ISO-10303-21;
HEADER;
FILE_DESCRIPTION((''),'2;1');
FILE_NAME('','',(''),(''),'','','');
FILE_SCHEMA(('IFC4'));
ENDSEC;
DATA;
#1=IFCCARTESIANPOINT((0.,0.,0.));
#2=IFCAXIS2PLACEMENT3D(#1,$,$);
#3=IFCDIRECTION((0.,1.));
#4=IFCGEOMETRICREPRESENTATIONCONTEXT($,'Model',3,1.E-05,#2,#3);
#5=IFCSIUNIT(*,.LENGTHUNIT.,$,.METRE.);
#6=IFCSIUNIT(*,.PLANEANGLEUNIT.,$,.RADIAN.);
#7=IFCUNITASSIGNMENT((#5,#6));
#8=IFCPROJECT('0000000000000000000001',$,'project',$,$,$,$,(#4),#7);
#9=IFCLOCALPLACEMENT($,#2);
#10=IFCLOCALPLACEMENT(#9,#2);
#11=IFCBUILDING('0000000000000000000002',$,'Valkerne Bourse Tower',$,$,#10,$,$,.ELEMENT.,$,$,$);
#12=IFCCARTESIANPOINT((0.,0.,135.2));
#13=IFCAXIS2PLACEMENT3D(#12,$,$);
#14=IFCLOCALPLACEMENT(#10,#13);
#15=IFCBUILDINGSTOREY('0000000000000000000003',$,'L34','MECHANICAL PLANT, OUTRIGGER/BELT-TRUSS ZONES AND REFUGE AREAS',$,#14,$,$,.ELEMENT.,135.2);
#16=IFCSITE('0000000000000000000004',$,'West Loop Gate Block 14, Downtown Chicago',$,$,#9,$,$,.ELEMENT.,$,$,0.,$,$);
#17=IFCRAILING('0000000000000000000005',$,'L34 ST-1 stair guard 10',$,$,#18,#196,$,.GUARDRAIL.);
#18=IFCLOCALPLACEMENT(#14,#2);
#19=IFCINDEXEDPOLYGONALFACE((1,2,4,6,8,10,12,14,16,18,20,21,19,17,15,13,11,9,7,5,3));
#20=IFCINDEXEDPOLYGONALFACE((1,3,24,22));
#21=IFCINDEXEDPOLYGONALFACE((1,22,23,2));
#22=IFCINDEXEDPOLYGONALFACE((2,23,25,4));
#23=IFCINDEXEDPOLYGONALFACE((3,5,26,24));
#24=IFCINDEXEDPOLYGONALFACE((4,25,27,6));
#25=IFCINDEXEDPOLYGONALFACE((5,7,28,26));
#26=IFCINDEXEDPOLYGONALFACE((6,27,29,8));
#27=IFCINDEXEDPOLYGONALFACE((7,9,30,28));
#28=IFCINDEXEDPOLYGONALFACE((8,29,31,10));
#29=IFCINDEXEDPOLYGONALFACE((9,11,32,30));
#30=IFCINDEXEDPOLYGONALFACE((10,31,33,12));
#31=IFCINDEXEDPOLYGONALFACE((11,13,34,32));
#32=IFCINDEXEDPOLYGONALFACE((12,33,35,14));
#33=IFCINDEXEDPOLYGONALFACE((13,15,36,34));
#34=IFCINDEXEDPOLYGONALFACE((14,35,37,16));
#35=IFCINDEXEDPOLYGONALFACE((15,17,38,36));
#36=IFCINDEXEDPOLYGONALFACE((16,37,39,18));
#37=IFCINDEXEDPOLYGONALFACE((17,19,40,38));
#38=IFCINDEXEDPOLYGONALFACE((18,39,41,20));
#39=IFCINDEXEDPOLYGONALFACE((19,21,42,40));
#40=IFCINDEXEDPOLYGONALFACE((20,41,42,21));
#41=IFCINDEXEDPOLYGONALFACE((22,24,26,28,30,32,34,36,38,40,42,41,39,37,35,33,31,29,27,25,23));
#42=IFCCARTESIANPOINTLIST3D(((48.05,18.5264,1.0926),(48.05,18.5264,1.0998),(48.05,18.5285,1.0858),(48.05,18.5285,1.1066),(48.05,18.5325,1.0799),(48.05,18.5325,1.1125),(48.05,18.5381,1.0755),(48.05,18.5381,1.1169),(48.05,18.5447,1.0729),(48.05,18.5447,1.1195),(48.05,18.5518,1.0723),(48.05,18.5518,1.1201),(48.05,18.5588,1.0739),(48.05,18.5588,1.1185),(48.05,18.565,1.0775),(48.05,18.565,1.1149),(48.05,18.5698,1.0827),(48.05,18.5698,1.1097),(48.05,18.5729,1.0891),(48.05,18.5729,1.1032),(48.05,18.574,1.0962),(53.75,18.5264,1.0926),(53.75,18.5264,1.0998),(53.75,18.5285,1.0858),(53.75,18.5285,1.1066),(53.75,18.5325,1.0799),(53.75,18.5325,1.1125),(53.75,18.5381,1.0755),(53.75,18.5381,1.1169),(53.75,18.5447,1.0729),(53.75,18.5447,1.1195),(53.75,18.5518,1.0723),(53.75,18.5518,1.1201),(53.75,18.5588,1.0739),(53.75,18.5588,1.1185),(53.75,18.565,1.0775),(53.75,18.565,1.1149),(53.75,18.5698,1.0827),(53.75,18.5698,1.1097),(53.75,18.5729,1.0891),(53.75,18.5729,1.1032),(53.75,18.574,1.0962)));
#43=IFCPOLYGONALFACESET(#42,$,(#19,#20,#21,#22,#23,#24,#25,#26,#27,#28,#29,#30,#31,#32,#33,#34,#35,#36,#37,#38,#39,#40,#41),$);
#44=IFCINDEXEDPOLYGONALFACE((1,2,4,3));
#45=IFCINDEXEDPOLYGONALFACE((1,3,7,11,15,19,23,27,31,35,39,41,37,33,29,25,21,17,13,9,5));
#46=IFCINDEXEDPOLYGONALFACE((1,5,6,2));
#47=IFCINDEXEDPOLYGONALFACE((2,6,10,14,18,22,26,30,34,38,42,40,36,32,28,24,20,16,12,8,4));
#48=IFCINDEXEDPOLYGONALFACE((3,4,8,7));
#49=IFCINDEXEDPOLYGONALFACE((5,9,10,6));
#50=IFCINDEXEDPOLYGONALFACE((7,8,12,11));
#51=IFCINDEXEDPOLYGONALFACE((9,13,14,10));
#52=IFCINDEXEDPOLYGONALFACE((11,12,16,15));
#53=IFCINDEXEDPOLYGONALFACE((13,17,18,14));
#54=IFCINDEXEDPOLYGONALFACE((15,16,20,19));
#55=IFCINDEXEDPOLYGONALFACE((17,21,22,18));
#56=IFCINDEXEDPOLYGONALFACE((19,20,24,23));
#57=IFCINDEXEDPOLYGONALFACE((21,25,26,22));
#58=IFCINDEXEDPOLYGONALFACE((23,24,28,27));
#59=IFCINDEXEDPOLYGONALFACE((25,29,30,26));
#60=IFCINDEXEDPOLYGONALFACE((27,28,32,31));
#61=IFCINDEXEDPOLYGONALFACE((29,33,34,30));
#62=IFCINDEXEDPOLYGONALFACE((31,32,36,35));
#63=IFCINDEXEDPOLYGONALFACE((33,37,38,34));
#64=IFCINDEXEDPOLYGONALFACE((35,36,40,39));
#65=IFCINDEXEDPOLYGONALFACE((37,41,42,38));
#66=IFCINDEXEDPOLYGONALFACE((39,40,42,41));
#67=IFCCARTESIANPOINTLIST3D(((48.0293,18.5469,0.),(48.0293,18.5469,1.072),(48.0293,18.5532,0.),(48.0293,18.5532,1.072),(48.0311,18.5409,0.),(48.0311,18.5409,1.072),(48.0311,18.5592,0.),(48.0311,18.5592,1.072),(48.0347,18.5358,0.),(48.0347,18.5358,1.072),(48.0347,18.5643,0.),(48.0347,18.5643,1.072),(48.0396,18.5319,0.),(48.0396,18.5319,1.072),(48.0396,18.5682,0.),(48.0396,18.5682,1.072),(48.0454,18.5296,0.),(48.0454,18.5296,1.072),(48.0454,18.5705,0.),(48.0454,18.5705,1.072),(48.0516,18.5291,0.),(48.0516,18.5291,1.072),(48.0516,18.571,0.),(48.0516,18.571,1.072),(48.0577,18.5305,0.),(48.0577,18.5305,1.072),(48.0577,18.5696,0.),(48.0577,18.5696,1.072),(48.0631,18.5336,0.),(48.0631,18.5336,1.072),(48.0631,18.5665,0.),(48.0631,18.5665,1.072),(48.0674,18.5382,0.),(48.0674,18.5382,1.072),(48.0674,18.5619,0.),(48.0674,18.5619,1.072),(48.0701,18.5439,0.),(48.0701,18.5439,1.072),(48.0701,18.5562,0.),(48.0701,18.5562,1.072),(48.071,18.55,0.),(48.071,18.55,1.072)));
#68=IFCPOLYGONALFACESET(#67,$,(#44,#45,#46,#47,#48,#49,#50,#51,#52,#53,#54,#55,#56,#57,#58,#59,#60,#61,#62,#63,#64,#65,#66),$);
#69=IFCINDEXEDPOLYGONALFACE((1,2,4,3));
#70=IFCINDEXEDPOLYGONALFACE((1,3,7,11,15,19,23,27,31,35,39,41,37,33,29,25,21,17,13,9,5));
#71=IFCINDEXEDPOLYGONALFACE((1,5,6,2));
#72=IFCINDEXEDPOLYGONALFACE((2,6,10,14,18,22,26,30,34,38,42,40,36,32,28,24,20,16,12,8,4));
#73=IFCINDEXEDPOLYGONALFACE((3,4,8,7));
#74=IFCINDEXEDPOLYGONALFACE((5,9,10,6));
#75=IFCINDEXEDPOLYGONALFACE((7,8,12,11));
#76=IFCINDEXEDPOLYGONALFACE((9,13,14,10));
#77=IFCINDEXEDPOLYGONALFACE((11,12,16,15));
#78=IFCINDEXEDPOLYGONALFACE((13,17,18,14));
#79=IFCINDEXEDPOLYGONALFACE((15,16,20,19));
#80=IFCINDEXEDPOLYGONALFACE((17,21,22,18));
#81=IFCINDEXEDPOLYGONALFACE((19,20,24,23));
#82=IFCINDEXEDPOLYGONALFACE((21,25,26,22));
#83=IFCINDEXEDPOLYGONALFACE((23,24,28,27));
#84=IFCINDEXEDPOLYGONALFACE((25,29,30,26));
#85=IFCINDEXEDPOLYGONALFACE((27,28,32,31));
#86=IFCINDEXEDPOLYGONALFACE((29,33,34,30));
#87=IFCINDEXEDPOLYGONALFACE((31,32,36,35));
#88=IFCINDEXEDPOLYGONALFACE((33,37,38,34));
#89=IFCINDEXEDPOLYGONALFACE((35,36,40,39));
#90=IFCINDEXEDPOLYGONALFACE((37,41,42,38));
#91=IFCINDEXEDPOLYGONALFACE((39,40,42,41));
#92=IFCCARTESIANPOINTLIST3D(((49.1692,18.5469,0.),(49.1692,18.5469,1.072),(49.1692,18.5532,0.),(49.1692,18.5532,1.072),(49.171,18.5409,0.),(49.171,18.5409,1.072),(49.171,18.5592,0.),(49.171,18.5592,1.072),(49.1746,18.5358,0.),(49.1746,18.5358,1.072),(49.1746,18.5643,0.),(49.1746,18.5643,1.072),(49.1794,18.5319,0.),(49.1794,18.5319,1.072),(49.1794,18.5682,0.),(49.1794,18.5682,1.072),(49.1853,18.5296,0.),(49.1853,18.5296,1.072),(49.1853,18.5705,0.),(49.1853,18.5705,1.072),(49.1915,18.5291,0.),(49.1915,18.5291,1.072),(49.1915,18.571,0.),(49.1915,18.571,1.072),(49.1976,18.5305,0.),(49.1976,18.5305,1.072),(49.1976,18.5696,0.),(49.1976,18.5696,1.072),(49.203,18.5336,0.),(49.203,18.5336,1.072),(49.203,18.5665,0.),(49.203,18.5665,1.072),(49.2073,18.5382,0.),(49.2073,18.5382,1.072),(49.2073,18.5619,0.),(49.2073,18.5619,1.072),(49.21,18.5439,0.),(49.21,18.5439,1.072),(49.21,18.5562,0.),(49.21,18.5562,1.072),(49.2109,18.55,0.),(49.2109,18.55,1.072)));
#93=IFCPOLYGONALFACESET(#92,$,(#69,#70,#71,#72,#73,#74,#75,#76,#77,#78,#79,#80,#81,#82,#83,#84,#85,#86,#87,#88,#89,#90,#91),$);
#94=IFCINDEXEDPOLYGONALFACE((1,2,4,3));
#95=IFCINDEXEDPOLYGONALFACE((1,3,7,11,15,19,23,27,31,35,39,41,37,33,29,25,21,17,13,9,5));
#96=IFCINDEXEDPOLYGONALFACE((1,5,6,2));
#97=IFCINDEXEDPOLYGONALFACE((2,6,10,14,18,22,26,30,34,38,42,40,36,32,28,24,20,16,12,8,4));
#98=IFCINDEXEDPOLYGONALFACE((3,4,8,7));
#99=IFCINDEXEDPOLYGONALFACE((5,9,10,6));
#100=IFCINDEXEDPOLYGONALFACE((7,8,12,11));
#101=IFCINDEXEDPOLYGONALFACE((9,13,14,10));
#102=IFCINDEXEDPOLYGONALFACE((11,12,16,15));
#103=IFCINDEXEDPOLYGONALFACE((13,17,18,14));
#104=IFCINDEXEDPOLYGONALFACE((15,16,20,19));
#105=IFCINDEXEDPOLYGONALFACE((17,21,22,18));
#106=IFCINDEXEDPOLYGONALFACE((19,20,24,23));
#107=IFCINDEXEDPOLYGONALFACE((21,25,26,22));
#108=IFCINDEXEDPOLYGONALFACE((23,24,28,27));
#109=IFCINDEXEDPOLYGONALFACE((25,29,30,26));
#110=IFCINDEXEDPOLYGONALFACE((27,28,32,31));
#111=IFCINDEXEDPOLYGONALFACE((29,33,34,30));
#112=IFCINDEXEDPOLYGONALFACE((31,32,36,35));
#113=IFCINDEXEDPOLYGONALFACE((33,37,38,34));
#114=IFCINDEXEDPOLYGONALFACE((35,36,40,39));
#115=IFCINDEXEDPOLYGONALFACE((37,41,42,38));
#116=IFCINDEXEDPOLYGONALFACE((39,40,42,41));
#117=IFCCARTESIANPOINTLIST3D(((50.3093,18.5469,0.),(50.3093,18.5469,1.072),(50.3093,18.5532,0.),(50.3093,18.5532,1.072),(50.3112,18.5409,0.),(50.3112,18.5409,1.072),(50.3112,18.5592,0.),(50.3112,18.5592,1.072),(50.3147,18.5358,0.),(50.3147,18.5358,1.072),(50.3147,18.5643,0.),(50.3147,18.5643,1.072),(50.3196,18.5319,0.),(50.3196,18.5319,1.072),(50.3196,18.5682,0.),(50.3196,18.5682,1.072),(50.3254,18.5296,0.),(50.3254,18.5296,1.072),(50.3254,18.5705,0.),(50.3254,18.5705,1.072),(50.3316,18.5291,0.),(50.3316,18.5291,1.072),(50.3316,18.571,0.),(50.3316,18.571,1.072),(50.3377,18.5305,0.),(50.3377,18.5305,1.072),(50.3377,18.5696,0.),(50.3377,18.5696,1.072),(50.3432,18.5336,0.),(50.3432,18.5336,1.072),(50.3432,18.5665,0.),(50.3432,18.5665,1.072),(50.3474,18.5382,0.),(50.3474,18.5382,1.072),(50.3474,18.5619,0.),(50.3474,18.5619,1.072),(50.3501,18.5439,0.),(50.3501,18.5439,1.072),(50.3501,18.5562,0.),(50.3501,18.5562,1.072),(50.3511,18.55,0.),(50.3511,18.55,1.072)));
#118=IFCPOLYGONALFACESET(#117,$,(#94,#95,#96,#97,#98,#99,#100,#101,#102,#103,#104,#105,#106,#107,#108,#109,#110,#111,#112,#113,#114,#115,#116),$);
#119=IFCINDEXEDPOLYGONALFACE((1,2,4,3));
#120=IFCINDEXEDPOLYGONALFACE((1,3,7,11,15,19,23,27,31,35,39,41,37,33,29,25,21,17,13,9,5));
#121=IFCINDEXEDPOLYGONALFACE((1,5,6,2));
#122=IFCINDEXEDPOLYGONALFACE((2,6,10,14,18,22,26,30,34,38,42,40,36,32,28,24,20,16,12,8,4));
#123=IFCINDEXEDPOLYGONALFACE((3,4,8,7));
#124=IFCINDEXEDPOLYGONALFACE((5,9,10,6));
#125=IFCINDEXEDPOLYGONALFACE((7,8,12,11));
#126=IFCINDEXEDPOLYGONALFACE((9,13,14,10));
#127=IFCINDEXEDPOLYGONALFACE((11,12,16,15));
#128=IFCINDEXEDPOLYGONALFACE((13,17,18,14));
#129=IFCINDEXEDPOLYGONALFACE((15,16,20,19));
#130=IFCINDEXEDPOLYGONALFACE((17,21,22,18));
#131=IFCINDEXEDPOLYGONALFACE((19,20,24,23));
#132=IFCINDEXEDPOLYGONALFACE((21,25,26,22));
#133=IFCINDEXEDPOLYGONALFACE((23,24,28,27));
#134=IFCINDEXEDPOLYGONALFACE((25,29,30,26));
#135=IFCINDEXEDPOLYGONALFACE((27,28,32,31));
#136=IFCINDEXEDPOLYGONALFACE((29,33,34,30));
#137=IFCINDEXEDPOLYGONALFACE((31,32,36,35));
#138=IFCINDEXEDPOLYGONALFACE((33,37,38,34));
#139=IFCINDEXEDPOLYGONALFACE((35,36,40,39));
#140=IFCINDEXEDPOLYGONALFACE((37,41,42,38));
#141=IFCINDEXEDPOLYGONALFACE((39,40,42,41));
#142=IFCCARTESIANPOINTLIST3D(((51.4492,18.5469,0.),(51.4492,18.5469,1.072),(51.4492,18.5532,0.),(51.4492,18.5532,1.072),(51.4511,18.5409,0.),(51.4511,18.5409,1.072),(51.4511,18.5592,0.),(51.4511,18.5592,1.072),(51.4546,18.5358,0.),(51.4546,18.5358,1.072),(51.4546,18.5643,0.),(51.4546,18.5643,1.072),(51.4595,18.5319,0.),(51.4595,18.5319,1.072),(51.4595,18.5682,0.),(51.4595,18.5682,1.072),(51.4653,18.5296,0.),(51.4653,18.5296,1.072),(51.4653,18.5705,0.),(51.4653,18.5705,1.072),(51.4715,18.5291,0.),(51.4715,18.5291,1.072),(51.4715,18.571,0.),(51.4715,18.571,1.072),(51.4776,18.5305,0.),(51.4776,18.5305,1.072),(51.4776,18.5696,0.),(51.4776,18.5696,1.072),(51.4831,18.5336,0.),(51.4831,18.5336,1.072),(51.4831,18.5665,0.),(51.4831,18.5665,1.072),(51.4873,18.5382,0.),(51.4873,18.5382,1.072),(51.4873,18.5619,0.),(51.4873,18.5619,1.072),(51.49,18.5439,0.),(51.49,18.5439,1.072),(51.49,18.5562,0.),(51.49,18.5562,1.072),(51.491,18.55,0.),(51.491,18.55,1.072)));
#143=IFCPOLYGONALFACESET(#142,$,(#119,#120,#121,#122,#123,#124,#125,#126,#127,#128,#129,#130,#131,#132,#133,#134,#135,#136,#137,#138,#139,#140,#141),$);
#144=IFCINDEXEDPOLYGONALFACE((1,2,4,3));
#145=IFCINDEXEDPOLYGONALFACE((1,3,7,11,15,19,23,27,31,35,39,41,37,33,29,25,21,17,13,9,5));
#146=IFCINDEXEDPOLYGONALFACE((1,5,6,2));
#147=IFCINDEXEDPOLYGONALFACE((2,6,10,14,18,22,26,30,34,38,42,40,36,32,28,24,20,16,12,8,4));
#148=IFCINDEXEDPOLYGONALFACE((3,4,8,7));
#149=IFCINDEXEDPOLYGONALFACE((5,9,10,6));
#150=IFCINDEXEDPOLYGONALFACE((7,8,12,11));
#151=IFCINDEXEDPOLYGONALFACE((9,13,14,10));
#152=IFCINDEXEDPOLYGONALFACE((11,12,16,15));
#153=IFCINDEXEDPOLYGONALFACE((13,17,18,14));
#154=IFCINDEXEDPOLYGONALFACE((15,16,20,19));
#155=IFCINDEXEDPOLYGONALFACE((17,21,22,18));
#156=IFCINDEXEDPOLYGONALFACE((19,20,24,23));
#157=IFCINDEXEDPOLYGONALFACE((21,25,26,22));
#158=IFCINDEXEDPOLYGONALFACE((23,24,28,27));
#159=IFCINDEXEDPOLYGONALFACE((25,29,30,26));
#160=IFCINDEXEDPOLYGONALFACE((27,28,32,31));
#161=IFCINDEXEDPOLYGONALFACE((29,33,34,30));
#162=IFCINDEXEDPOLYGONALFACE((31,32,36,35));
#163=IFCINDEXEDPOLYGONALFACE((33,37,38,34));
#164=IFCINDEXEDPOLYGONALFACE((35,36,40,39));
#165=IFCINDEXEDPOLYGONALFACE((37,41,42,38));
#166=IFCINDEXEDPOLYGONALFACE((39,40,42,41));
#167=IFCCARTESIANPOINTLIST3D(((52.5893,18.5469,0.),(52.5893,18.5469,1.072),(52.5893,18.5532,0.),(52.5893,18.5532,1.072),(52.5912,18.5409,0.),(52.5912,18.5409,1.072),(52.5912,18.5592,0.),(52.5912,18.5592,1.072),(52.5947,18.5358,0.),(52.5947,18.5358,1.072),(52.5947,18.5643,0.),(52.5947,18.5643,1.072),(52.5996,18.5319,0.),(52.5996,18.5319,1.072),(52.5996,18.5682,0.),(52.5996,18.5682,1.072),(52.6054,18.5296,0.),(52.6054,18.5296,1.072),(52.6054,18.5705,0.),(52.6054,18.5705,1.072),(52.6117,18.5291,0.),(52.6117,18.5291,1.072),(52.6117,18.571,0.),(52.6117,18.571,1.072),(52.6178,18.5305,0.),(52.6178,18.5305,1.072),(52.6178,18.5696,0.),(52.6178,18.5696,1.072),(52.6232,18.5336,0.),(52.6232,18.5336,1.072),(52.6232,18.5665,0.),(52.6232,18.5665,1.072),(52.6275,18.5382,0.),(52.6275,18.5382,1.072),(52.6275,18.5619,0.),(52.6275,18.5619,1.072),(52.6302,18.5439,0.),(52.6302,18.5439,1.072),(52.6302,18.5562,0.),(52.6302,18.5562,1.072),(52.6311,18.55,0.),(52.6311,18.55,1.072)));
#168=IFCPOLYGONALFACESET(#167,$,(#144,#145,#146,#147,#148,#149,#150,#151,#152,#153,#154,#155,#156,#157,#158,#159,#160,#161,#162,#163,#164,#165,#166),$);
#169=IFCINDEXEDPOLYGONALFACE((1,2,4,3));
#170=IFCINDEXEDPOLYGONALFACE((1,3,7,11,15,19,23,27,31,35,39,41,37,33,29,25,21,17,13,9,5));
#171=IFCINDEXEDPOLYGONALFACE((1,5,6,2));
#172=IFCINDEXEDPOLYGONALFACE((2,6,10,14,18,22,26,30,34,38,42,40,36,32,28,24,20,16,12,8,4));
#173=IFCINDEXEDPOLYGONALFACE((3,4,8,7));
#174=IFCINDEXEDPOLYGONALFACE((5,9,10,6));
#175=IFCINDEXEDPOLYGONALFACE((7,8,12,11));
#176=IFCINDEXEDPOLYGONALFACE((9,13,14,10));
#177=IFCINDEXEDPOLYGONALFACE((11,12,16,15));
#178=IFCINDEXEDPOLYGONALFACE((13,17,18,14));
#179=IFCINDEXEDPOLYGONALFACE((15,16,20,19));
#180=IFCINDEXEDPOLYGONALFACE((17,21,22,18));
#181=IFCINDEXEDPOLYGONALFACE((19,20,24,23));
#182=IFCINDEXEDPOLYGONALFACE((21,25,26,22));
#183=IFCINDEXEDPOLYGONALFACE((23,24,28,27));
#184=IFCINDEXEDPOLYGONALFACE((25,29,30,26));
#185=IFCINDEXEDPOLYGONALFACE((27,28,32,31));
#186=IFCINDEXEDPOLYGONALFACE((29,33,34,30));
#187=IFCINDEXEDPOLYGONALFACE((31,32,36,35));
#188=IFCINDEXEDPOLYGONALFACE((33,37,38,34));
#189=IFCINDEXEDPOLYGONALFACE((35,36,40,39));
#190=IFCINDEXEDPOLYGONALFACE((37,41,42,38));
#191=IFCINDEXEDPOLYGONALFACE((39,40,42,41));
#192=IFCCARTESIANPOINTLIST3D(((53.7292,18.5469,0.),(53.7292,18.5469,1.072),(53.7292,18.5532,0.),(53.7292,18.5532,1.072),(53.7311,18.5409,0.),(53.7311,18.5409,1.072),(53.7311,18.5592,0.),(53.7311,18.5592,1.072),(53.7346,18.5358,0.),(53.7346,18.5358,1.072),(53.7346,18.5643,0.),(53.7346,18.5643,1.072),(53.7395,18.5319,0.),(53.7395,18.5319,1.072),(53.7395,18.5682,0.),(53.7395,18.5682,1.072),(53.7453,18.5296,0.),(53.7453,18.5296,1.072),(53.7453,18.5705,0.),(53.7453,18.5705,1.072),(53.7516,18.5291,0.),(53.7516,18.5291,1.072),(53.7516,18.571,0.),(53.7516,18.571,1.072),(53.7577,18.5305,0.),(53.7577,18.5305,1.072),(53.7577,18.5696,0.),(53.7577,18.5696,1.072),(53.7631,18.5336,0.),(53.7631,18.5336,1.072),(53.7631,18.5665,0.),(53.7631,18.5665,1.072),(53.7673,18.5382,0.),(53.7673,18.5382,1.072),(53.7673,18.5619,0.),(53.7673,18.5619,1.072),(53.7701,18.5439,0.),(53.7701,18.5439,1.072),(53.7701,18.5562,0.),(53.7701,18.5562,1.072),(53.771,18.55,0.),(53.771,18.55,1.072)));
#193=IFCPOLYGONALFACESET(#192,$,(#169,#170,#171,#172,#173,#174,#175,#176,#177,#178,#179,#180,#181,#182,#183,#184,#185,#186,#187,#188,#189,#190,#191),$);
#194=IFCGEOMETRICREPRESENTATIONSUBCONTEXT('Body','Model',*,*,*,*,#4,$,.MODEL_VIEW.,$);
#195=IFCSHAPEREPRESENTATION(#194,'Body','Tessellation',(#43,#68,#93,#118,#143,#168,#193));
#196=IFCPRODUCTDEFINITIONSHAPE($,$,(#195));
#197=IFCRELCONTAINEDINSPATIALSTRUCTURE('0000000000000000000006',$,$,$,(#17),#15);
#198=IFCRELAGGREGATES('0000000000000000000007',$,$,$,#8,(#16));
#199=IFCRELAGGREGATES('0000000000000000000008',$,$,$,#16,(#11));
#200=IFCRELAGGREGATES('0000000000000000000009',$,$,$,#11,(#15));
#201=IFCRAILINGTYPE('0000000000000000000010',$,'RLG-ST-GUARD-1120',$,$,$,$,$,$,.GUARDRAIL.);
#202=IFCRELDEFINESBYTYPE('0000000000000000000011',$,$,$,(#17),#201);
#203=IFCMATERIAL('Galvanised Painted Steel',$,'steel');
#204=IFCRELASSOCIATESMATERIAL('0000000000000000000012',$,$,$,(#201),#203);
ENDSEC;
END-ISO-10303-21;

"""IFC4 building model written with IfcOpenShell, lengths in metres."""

from ifc_helpers import new_model, si_unit, direction, frame, origin, origin_2d, place, context, subcontext, project, spatial, circle, extrude, material, type_object, element, save


model = new_model("IFC4")

# Units and contexts
model_context = context("Model", 3, precision=1e-05, world=origin(), true_north=direction((0.0, 1.0)))
body_context = subcontext(model_context, "Body", "Model", "MODEL_VIEW")
ifc_project = project(units=[si_unit("LENGTHUNIT", "METRE"), si_unit("PLANEANGLEUNIT", "RADIAN")], contexts=[model_context])

# Site, building, storey
site_placement = place(None, origin())
site = spatial("IfcSite", under=ifc_project, at=site_placement, Name="West Loop Gate Block 14, Downtown Chicago", CompositionType="ELEMENT", RefElevation=0.0)
building_placement = place(site_placement, origin())
building = spatial("IfcBuilding", under=site, at=building_placement, Name="Valkerne Bourse Tower", CompositionType="ELEMENT")
storey_placement = place(building_placement, frame((0.0, 0.0, 135.2)))
storey = spatial("IfcBuildingStorey", under=building, at=storey_placement, Name="L34", Description="MECHANICAL PLANT, OUTRIGGER/BELT-TRUSS ZONES AND REFUGE AREAS", CompositionType="ELEMENT", Elevation=135.2)

# Shared definitions
ifc_material_1 = material(Name="Galvanised Painted Steel", Category="steel")

# Railing
railing_type_1 = type_object("IfcRailingType", Name="RLG-ST-GUARD-1120", PredefinedType="GUARDRAIL", material=ifc_material_1)
railing_1_placement = place(storey_placement, frame((48.05, 18.55, 0.0)))
element("IfcRailing", 1, at=railing_1_placement, inside=storey, type_object=railing_type_1, Name="L34 ST-1 stair guard 10", PredefinedType="GUARDRAIL", context=body_context, shape_type="SweptSolid", body=[
    extrude(circle(Radius=0.0239, at=origin_2d()), frame((0.0, 0.0, 1.0962), z_axis=(1.0, 0.0, 0.0), x_axis=(0.0, 1.0, 0.0)), (0.0, 0.0, 1.0), 5.7),
    extrude(circle(Radius=0.021, at=origin_2d()), origin(), (0.0, 0.0, 1.0), 1.072),
    extrude(circle(Radius=0.021, at=origin_2d()), frame((1.1399, 0.0, 0.0)), (0.0, 0.0, 1.0), 1.072),
    extrude(circle(Radius=0.021, at=origin_2d()), frame((2.28, 0.0, 0.0)), (0.0, 0.0, 1.0), 1.072),
    extrude(circle(Radius=0.021, at=origin_2d()), frame((3.4199, 0.0, 0.0)), (0.0, 0.0, 1.0), 1.072),
    extrude(circle(Radius=0.021, at=origin_2d()), frame((4.5601, 0.0, 0.0)), (0.0, 0.0, 1.0), 1.072),
    extrude(circle(Radius=0.021, at=origin_2d()), frame((5.7, 0.0, 0.0)), (0.0, 0.0, 1.0), 1.072),
])

save(model, "model.ifc")
